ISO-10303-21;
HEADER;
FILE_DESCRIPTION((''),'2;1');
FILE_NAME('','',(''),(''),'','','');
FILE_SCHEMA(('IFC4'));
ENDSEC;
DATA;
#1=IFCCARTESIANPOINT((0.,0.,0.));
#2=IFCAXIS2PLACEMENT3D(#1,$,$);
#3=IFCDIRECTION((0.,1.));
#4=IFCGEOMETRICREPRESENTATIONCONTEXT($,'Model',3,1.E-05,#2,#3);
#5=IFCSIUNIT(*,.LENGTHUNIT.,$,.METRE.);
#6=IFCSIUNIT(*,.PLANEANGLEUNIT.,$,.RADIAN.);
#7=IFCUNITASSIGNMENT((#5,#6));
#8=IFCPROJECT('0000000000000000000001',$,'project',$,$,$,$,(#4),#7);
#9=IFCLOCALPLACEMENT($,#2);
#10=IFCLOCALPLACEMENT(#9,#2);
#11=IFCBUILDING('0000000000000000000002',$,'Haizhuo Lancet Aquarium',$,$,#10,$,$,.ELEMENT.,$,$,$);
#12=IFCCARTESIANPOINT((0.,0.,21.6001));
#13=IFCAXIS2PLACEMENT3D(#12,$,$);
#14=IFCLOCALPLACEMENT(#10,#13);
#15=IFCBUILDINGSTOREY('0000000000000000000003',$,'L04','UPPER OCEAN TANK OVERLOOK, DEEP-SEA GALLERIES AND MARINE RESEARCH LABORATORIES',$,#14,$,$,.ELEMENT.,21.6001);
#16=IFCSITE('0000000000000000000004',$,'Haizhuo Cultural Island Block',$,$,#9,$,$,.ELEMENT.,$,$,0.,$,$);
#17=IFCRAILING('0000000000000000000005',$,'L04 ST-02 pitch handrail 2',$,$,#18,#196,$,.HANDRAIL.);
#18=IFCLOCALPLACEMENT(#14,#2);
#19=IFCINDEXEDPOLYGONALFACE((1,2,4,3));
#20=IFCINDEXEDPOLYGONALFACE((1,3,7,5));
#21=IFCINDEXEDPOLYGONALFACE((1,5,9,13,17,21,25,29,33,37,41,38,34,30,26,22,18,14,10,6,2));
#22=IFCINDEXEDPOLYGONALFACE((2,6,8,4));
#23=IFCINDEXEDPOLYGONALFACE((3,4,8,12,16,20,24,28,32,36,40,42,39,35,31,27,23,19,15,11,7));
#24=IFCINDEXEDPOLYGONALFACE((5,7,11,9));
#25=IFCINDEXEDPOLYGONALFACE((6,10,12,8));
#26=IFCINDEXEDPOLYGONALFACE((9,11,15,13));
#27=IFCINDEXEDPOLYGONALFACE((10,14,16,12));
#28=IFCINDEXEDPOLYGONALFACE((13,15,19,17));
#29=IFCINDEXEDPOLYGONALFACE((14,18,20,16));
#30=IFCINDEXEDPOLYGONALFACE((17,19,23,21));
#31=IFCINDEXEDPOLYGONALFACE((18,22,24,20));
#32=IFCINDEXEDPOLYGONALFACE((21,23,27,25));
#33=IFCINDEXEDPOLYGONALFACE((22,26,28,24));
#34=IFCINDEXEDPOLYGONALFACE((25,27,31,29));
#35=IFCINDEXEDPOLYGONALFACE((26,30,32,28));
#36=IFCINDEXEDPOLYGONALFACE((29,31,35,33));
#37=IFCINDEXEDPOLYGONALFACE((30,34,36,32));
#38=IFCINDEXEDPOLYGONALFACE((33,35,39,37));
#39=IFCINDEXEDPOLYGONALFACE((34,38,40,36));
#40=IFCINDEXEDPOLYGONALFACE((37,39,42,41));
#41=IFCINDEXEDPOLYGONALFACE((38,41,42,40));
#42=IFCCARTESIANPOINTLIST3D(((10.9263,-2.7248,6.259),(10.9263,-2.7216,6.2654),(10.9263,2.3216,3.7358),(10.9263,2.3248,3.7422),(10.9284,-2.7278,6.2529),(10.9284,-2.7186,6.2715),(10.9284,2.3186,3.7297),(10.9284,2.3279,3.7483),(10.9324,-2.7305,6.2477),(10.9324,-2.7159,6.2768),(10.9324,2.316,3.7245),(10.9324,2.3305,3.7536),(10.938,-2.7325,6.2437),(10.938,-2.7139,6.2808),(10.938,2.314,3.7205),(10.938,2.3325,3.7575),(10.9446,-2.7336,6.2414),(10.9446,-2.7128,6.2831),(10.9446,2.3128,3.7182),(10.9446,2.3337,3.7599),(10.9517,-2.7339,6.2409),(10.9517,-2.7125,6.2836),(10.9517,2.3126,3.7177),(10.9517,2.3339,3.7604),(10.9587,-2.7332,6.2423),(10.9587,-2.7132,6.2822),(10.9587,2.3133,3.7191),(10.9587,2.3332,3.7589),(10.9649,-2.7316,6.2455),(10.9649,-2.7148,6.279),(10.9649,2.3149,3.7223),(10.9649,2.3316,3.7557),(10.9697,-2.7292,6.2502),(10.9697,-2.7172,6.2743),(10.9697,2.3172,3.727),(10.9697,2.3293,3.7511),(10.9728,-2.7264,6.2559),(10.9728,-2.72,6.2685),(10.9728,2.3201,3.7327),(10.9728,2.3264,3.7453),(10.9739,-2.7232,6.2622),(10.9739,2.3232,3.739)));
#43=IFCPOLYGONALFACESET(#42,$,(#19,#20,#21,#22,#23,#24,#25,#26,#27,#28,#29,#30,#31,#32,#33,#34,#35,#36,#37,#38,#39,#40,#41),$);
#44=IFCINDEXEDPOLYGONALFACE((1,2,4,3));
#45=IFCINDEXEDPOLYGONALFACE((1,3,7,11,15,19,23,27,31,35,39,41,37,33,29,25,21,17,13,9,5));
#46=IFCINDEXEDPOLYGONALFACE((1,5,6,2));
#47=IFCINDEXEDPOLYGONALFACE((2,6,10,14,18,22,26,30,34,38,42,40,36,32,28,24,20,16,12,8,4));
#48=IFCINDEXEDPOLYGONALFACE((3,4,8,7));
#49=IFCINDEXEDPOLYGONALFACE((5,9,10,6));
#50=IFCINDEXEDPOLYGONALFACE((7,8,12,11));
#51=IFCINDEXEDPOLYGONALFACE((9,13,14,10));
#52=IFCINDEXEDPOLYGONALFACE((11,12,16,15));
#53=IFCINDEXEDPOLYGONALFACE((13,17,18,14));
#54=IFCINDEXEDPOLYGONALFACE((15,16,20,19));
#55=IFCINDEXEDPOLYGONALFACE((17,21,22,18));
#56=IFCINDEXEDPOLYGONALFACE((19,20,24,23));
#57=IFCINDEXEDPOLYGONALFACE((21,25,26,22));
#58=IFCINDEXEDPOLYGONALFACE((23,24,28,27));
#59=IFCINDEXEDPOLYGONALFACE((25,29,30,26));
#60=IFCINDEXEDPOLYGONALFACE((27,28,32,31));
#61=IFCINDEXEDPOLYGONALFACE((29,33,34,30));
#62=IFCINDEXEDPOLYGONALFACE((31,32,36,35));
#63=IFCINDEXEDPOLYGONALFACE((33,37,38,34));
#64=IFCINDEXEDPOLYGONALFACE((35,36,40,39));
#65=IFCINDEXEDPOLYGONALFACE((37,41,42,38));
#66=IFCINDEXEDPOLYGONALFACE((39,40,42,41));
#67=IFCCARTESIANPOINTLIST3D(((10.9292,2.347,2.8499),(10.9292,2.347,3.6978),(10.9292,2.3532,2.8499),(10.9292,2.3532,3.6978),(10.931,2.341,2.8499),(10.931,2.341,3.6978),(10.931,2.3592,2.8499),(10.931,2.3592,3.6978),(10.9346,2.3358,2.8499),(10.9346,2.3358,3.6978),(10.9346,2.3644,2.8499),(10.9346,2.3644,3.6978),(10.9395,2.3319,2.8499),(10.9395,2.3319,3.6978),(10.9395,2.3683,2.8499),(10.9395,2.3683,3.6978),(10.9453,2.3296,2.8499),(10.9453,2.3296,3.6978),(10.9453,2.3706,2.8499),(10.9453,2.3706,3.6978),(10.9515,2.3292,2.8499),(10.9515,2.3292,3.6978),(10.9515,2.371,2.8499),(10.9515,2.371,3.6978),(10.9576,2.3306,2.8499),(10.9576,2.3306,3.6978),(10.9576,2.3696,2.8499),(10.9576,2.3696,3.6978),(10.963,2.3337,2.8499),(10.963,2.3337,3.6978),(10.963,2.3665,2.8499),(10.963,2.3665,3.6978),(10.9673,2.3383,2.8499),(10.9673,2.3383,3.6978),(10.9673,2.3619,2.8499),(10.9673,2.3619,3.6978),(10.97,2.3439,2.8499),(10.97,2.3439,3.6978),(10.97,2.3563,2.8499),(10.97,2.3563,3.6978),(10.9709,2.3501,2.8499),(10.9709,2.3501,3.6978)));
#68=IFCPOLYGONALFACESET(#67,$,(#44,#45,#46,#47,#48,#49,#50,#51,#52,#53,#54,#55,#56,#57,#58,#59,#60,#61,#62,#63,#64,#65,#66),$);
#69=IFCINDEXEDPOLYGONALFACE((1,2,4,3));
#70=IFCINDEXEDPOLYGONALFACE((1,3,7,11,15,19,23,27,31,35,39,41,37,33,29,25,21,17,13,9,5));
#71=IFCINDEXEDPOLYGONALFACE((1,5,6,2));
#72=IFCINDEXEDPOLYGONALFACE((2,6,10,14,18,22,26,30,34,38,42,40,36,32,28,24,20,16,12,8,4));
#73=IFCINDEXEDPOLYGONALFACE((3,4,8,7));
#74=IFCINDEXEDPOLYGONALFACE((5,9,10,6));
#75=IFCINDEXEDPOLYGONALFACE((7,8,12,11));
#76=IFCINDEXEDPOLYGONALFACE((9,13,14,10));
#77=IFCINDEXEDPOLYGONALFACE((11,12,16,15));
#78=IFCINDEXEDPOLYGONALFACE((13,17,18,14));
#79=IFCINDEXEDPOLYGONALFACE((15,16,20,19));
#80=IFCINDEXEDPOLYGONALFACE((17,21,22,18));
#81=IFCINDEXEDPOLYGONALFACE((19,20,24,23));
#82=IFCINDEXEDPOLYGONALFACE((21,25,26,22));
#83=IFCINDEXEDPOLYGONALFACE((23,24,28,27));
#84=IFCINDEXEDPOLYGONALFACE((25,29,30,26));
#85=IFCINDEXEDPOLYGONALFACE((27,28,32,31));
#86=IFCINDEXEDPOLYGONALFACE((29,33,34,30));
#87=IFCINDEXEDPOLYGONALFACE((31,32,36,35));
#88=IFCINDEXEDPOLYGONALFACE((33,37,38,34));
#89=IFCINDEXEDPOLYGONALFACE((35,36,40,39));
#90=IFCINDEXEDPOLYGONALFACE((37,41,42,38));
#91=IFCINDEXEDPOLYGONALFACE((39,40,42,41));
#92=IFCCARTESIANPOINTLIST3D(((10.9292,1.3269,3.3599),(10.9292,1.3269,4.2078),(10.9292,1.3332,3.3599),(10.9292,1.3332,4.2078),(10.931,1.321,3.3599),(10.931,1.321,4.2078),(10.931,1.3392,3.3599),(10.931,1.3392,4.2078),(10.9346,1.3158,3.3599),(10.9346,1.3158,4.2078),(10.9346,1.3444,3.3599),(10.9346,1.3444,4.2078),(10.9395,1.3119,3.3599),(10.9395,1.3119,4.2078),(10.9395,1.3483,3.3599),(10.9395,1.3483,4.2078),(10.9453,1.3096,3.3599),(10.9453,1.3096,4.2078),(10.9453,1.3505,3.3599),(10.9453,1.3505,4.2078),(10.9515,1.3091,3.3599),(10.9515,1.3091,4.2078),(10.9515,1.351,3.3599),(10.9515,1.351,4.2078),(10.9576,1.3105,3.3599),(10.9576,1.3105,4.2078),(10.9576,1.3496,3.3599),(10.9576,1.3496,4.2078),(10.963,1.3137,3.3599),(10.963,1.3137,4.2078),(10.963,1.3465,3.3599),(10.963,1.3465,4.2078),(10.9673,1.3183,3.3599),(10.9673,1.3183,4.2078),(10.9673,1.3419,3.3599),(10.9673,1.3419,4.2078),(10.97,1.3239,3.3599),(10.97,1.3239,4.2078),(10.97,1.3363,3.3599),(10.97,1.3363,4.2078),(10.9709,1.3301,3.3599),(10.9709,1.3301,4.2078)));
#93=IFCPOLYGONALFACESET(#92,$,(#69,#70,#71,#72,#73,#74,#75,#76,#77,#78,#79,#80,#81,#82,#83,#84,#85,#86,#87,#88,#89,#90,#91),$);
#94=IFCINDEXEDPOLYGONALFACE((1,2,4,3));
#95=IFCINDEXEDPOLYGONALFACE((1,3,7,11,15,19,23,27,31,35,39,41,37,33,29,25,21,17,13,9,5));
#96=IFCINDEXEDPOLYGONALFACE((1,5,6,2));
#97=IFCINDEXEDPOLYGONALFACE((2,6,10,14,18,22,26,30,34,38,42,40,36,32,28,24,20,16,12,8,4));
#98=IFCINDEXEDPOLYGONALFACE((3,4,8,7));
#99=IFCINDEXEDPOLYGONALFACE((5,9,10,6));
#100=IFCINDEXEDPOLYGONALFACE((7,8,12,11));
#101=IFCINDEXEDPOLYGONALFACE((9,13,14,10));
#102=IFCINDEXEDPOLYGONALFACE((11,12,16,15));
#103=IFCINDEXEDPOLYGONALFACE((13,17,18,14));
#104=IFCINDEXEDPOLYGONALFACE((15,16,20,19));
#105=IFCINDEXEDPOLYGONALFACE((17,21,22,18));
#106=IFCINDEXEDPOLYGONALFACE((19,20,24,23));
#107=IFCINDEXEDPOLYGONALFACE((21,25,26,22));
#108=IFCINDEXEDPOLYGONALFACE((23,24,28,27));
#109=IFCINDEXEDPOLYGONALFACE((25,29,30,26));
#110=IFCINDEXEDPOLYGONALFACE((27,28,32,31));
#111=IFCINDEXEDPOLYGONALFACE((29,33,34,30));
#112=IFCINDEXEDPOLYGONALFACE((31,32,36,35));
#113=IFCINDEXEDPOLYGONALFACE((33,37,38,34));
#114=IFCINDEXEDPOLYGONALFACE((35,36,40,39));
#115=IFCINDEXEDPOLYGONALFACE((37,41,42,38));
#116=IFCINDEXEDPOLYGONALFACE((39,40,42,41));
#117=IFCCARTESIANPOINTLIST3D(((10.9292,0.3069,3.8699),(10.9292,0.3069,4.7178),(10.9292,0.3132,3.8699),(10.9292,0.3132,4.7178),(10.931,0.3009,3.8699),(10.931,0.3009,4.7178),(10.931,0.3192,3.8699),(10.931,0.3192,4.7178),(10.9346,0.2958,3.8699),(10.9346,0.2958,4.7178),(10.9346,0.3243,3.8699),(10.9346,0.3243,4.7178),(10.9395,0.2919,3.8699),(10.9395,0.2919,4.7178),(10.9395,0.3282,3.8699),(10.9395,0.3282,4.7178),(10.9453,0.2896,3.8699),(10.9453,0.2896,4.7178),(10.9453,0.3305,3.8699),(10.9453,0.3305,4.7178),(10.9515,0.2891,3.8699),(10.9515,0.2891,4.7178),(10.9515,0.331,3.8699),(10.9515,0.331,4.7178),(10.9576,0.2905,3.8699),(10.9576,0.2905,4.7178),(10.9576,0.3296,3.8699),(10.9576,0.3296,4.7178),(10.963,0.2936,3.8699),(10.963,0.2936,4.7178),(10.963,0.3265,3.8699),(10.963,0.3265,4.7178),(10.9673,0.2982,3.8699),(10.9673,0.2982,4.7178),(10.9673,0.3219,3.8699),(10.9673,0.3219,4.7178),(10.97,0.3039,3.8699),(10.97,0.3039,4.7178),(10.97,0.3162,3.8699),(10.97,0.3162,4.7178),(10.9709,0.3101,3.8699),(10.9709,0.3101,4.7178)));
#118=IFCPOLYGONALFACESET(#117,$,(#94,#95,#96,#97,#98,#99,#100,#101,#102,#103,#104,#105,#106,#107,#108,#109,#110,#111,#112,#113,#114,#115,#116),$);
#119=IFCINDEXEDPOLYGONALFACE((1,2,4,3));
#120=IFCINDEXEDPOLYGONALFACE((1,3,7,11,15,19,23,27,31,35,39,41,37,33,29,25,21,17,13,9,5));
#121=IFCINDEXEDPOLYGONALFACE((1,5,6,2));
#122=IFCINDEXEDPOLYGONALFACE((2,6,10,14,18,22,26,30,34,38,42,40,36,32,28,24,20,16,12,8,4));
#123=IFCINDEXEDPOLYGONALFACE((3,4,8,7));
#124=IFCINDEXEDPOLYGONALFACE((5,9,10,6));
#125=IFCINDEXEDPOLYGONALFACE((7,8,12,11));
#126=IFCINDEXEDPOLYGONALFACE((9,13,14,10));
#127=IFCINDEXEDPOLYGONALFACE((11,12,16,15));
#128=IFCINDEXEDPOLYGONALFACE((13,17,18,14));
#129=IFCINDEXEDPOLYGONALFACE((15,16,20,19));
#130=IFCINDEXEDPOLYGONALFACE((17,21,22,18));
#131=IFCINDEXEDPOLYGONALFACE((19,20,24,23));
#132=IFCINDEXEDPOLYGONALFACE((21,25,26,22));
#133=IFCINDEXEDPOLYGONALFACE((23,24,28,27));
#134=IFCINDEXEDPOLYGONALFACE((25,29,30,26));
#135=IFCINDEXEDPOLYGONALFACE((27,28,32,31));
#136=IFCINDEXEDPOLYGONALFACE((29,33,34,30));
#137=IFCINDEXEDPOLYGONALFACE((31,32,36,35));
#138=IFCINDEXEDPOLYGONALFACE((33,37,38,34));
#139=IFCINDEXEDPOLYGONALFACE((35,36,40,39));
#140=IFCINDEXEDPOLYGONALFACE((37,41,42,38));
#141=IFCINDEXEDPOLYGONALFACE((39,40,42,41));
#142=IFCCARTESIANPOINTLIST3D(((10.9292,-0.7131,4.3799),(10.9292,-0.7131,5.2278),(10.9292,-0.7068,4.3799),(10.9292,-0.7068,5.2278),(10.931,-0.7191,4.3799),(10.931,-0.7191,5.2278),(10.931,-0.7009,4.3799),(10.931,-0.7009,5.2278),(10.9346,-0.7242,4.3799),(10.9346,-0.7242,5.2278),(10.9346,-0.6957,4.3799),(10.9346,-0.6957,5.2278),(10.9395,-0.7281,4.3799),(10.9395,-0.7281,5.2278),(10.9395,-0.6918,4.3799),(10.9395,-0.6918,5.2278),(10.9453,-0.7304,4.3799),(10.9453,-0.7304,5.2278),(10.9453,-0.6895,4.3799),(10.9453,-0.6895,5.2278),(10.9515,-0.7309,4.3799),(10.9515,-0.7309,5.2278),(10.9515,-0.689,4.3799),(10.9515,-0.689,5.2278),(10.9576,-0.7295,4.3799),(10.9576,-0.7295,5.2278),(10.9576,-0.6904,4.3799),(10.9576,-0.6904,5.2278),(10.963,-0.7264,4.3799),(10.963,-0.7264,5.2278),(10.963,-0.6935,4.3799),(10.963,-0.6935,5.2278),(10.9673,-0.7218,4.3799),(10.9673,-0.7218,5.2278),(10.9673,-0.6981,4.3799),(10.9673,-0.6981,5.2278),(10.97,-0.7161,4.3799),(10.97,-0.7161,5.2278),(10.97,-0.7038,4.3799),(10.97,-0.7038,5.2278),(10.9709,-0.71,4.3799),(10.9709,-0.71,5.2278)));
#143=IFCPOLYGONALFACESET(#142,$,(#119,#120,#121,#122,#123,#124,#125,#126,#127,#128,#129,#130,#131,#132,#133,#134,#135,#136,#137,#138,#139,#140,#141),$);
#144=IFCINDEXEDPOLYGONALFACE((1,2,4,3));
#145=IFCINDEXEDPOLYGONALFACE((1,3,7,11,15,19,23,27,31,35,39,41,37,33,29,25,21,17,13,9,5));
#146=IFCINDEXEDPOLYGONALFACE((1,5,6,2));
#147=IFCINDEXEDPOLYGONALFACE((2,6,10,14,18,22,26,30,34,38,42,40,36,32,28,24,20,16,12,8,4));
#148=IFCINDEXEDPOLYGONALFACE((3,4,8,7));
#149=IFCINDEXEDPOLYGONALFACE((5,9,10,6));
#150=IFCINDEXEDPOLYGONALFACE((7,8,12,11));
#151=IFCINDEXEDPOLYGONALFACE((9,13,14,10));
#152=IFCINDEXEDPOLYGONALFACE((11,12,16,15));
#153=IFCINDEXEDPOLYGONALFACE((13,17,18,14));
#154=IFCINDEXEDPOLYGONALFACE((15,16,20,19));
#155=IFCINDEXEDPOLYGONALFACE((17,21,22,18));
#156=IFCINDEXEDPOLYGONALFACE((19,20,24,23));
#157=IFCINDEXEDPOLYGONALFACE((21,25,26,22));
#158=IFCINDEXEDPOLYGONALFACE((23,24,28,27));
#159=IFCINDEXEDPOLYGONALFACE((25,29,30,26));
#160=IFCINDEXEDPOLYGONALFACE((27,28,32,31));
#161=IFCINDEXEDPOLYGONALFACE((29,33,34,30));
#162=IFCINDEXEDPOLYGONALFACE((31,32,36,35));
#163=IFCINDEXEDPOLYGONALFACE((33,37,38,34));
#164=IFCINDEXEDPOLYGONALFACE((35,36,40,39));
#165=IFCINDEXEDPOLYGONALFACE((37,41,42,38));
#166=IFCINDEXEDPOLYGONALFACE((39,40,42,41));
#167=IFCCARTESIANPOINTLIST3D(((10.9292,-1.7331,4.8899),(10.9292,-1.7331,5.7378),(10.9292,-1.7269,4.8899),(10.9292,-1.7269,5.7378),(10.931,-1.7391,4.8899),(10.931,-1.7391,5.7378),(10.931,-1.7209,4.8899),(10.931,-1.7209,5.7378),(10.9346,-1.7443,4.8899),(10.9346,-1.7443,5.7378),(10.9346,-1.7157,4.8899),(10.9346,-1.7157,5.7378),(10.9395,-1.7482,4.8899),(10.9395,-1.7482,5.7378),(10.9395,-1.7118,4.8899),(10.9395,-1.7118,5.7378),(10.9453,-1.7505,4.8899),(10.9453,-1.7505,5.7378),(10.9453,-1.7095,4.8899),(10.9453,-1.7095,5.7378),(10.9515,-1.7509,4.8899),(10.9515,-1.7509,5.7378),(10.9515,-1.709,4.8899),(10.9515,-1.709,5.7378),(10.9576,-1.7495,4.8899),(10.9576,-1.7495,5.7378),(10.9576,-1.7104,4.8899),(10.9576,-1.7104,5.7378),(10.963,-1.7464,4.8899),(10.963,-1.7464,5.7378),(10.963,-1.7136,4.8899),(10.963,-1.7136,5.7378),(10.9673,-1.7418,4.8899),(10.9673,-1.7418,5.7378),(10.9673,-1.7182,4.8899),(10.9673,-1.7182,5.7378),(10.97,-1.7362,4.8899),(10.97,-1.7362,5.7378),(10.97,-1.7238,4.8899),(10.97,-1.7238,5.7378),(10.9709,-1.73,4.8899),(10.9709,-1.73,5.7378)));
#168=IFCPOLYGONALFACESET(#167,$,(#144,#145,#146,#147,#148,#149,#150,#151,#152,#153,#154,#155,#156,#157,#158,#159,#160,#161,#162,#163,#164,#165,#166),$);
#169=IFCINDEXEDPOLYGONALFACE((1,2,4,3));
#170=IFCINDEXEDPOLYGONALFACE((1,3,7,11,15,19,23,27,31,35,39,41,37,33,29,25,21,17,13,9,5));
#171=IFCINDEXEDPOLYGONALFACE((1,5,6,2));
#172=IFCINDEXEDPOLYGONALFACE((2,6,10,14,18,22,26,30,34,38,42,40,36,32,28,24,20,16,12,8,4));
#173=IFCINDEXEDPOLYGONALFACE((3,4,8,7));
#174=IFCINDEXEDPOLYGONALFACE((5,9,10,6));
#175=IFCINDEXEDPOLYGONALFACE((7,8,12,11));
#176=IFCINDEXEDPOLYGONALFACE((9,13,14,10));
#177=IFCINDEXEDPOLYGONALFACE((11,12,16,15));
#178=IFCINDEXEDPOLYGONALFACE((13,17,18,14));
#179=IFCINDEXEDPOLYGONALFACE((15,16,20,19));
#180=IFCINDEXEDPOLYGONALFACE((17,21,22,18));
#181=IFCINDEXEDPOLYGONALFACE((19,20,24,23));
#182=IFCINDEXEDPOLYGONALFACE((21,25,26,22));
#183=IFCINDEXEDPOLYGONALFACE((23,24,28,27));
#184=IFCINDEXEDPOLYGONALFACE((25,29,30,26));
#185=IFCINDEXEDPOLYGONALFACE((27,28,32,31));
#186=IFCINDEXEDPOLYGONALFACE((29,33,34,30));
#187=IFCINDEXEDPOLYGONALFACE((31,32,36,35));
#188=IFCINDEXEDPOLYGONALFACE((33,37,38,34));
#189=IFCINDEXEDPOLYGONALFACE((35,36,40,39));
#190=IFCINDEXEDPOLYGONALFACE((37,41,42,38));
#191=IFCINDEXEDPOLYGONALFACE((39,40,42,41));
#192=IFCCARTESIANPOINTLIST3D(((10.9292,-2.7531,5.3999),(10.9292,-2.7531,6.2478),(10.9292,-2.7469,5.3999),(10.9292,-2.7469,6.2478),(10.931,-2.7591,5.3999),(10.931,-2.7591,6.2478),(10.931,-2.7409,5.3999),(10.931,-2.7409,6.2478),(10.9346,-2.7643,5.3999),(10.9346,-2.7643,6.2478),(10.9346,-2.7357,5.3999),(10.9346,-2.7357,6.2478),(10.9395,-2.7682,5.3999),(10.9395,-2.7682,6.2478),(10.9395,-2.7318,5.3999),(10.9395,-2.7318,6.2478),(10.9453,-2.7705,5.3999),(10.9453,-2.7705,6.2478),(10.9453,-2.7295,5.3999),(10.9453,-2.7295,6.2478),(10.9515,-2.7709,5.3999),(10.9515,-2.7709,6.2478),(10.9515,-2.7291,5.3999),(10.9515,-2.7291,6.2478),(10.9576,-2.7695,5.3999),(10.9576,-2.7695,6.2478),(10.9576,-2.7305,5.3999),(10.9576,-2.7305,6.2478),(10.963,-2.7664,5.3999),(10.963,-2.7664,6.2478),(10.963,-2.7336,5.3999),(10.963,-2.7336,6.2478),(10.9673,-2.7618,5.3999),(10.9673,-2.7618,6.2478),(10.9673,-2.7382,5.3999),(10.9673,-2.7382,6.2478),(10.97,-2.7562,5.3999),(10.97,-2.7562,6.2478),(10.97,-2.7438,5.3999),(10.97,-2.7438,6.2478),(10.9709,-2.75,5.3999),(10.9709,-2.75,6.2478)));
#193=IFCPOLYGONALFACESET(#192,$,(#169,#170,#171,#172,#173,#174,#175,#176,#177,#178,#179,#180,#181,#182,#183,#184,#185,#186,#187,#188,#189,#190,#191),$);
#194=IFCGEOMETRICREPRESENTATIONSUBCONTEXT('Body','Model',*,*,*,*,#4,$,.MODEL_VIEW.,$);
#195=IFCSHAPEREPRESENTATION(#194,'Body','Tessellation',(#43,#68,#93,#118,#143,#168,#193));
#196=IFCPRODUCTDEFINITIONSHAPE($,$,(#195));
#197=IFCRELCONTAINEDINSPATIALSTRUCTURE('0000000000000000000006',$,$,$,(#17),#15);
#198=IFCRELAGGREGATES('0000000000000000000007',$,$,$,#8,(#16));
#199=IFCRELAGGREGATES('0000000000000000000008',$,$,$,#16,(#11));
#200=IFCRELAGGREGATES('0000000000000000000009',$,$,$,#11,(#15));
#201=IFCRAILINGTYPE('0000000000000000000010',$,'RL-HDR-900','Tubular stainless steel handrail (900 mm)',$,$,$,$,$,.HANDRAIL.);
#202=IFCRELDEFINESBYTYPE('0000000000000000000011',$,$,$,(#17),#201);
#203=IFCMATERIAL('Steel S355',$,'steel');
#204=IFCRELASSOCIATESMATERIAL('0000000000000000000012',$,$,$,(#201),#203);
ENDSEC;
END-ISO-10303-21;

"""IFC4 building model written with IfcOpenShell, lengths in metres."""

from ifc_helpers import new_model, si_unit, direction, frame, origin, origin_2d, place, context, subcontext, project, spatial, circle, extrude, material, type_object, element, save


model = new_model("IFC4")

# Units and contexts
model_context = context("Model", 3, precision=1e-05, world=origin(), true_north=direction((0.0, 1.0)))
body_context = subcontext(model_context, "Body", "Model", "MODEL_VIEW")
ifc_project = project(units=[si_unit("LENGTHUNIT", "METRE"), si_unit("PLANEANGLEUNIT", "RADIAN")], contexts=[model_context])

# Site, building, storey
site_placement = place(None, origin())
site = spatial("IfcSite", under=ifc_project, at=site_placement, Name="Haizhuo Cultural Island Block", CompositionType="ELEMENT", RefElevation=0.0)
building_placement = place(site_placement, origin())
building = spatial("IfcBuilding", under=site, at=building_placement, Name="Haizhuo Lancet Aquarium", CompositionType="ELEMENT")
storey_placement = place(building_placement, frame((0.0, 0.0, 21.6001)))
storey = spatial("IfcBuildingStorey", under=building, at=storey_placement, Name="L04", Description="UPPER OCEAN TANK OVERLOOK, DEEP-SEA GALLERIES AND MARINE RESEARCH LABORATORIES", CompositionType="ELEMENT", Elevation=21.6001)

# Shared definitions
ifc_material_1 = material(Name="Steel S355", Category="steel")

# Railing
railing_type_1 = type_object("IfcRailingType", Name="RL-HDR-900", Description="Tubular stainless steel handrail (900 mm)", PredefinedType="HANDRAIL", material=ifc_material_1)
railing_1_placement = place(storey_placement, frame((10.95, 2.3501, 2.8499)))
element("IfcRailing", 1, at=railing_1_placement, inside=storey, type_object=railing_type_1, Name="L04 ST-02 pitch handrail 2", PredefinedType="HANDRAIL", context=body_context, shape_type="SweptSolid", body=[
    extrude(circle(Radius=0.0239, at=origin_2d()), frame((0.0, -0.0269, 0.8892), z_axis=(0.0, -0.894427, 0.447214), x_axis=(1.0, 0.0, 0.0)), (0.0, 0.0, 1.0), 5.6421),
    extrude(circle(Radius=0.021, at=origin_2d()), origin(), (0.0, 0.0, 1.0), 0.8479),
    extrude(circle(Radius=0.021, at=origin_2d()), frame((0.0, -1.02, 0.51)), (0.0, 0.0, 1.0), 0.8479),
    extrude(circle(Radius=0.021, at=origin_2d()), frame((0.0, -2.04, 1.02)), (0.0, 0.0, 1.0), 0.8479),
    extrude(circle(Radius=0.021, at=origin_2d()), frame((0.0, -3.0601, 1.53)), (0.0, 0.0, 1.0), 0.8479),
    extrude(circle(Radius=0.021, at=origin_2d()), frame((0.0, -4.0801, 2.04)), (0.0, 0.0, 1.0), 0.8479),
    extrude(circle(Radius=0.021, at=origin_2d()), frame((0.0, -5.1001, 2.55)), (0.0, 0.0, 1.0), 0.8479),
])

save(model, "model.ifc")
